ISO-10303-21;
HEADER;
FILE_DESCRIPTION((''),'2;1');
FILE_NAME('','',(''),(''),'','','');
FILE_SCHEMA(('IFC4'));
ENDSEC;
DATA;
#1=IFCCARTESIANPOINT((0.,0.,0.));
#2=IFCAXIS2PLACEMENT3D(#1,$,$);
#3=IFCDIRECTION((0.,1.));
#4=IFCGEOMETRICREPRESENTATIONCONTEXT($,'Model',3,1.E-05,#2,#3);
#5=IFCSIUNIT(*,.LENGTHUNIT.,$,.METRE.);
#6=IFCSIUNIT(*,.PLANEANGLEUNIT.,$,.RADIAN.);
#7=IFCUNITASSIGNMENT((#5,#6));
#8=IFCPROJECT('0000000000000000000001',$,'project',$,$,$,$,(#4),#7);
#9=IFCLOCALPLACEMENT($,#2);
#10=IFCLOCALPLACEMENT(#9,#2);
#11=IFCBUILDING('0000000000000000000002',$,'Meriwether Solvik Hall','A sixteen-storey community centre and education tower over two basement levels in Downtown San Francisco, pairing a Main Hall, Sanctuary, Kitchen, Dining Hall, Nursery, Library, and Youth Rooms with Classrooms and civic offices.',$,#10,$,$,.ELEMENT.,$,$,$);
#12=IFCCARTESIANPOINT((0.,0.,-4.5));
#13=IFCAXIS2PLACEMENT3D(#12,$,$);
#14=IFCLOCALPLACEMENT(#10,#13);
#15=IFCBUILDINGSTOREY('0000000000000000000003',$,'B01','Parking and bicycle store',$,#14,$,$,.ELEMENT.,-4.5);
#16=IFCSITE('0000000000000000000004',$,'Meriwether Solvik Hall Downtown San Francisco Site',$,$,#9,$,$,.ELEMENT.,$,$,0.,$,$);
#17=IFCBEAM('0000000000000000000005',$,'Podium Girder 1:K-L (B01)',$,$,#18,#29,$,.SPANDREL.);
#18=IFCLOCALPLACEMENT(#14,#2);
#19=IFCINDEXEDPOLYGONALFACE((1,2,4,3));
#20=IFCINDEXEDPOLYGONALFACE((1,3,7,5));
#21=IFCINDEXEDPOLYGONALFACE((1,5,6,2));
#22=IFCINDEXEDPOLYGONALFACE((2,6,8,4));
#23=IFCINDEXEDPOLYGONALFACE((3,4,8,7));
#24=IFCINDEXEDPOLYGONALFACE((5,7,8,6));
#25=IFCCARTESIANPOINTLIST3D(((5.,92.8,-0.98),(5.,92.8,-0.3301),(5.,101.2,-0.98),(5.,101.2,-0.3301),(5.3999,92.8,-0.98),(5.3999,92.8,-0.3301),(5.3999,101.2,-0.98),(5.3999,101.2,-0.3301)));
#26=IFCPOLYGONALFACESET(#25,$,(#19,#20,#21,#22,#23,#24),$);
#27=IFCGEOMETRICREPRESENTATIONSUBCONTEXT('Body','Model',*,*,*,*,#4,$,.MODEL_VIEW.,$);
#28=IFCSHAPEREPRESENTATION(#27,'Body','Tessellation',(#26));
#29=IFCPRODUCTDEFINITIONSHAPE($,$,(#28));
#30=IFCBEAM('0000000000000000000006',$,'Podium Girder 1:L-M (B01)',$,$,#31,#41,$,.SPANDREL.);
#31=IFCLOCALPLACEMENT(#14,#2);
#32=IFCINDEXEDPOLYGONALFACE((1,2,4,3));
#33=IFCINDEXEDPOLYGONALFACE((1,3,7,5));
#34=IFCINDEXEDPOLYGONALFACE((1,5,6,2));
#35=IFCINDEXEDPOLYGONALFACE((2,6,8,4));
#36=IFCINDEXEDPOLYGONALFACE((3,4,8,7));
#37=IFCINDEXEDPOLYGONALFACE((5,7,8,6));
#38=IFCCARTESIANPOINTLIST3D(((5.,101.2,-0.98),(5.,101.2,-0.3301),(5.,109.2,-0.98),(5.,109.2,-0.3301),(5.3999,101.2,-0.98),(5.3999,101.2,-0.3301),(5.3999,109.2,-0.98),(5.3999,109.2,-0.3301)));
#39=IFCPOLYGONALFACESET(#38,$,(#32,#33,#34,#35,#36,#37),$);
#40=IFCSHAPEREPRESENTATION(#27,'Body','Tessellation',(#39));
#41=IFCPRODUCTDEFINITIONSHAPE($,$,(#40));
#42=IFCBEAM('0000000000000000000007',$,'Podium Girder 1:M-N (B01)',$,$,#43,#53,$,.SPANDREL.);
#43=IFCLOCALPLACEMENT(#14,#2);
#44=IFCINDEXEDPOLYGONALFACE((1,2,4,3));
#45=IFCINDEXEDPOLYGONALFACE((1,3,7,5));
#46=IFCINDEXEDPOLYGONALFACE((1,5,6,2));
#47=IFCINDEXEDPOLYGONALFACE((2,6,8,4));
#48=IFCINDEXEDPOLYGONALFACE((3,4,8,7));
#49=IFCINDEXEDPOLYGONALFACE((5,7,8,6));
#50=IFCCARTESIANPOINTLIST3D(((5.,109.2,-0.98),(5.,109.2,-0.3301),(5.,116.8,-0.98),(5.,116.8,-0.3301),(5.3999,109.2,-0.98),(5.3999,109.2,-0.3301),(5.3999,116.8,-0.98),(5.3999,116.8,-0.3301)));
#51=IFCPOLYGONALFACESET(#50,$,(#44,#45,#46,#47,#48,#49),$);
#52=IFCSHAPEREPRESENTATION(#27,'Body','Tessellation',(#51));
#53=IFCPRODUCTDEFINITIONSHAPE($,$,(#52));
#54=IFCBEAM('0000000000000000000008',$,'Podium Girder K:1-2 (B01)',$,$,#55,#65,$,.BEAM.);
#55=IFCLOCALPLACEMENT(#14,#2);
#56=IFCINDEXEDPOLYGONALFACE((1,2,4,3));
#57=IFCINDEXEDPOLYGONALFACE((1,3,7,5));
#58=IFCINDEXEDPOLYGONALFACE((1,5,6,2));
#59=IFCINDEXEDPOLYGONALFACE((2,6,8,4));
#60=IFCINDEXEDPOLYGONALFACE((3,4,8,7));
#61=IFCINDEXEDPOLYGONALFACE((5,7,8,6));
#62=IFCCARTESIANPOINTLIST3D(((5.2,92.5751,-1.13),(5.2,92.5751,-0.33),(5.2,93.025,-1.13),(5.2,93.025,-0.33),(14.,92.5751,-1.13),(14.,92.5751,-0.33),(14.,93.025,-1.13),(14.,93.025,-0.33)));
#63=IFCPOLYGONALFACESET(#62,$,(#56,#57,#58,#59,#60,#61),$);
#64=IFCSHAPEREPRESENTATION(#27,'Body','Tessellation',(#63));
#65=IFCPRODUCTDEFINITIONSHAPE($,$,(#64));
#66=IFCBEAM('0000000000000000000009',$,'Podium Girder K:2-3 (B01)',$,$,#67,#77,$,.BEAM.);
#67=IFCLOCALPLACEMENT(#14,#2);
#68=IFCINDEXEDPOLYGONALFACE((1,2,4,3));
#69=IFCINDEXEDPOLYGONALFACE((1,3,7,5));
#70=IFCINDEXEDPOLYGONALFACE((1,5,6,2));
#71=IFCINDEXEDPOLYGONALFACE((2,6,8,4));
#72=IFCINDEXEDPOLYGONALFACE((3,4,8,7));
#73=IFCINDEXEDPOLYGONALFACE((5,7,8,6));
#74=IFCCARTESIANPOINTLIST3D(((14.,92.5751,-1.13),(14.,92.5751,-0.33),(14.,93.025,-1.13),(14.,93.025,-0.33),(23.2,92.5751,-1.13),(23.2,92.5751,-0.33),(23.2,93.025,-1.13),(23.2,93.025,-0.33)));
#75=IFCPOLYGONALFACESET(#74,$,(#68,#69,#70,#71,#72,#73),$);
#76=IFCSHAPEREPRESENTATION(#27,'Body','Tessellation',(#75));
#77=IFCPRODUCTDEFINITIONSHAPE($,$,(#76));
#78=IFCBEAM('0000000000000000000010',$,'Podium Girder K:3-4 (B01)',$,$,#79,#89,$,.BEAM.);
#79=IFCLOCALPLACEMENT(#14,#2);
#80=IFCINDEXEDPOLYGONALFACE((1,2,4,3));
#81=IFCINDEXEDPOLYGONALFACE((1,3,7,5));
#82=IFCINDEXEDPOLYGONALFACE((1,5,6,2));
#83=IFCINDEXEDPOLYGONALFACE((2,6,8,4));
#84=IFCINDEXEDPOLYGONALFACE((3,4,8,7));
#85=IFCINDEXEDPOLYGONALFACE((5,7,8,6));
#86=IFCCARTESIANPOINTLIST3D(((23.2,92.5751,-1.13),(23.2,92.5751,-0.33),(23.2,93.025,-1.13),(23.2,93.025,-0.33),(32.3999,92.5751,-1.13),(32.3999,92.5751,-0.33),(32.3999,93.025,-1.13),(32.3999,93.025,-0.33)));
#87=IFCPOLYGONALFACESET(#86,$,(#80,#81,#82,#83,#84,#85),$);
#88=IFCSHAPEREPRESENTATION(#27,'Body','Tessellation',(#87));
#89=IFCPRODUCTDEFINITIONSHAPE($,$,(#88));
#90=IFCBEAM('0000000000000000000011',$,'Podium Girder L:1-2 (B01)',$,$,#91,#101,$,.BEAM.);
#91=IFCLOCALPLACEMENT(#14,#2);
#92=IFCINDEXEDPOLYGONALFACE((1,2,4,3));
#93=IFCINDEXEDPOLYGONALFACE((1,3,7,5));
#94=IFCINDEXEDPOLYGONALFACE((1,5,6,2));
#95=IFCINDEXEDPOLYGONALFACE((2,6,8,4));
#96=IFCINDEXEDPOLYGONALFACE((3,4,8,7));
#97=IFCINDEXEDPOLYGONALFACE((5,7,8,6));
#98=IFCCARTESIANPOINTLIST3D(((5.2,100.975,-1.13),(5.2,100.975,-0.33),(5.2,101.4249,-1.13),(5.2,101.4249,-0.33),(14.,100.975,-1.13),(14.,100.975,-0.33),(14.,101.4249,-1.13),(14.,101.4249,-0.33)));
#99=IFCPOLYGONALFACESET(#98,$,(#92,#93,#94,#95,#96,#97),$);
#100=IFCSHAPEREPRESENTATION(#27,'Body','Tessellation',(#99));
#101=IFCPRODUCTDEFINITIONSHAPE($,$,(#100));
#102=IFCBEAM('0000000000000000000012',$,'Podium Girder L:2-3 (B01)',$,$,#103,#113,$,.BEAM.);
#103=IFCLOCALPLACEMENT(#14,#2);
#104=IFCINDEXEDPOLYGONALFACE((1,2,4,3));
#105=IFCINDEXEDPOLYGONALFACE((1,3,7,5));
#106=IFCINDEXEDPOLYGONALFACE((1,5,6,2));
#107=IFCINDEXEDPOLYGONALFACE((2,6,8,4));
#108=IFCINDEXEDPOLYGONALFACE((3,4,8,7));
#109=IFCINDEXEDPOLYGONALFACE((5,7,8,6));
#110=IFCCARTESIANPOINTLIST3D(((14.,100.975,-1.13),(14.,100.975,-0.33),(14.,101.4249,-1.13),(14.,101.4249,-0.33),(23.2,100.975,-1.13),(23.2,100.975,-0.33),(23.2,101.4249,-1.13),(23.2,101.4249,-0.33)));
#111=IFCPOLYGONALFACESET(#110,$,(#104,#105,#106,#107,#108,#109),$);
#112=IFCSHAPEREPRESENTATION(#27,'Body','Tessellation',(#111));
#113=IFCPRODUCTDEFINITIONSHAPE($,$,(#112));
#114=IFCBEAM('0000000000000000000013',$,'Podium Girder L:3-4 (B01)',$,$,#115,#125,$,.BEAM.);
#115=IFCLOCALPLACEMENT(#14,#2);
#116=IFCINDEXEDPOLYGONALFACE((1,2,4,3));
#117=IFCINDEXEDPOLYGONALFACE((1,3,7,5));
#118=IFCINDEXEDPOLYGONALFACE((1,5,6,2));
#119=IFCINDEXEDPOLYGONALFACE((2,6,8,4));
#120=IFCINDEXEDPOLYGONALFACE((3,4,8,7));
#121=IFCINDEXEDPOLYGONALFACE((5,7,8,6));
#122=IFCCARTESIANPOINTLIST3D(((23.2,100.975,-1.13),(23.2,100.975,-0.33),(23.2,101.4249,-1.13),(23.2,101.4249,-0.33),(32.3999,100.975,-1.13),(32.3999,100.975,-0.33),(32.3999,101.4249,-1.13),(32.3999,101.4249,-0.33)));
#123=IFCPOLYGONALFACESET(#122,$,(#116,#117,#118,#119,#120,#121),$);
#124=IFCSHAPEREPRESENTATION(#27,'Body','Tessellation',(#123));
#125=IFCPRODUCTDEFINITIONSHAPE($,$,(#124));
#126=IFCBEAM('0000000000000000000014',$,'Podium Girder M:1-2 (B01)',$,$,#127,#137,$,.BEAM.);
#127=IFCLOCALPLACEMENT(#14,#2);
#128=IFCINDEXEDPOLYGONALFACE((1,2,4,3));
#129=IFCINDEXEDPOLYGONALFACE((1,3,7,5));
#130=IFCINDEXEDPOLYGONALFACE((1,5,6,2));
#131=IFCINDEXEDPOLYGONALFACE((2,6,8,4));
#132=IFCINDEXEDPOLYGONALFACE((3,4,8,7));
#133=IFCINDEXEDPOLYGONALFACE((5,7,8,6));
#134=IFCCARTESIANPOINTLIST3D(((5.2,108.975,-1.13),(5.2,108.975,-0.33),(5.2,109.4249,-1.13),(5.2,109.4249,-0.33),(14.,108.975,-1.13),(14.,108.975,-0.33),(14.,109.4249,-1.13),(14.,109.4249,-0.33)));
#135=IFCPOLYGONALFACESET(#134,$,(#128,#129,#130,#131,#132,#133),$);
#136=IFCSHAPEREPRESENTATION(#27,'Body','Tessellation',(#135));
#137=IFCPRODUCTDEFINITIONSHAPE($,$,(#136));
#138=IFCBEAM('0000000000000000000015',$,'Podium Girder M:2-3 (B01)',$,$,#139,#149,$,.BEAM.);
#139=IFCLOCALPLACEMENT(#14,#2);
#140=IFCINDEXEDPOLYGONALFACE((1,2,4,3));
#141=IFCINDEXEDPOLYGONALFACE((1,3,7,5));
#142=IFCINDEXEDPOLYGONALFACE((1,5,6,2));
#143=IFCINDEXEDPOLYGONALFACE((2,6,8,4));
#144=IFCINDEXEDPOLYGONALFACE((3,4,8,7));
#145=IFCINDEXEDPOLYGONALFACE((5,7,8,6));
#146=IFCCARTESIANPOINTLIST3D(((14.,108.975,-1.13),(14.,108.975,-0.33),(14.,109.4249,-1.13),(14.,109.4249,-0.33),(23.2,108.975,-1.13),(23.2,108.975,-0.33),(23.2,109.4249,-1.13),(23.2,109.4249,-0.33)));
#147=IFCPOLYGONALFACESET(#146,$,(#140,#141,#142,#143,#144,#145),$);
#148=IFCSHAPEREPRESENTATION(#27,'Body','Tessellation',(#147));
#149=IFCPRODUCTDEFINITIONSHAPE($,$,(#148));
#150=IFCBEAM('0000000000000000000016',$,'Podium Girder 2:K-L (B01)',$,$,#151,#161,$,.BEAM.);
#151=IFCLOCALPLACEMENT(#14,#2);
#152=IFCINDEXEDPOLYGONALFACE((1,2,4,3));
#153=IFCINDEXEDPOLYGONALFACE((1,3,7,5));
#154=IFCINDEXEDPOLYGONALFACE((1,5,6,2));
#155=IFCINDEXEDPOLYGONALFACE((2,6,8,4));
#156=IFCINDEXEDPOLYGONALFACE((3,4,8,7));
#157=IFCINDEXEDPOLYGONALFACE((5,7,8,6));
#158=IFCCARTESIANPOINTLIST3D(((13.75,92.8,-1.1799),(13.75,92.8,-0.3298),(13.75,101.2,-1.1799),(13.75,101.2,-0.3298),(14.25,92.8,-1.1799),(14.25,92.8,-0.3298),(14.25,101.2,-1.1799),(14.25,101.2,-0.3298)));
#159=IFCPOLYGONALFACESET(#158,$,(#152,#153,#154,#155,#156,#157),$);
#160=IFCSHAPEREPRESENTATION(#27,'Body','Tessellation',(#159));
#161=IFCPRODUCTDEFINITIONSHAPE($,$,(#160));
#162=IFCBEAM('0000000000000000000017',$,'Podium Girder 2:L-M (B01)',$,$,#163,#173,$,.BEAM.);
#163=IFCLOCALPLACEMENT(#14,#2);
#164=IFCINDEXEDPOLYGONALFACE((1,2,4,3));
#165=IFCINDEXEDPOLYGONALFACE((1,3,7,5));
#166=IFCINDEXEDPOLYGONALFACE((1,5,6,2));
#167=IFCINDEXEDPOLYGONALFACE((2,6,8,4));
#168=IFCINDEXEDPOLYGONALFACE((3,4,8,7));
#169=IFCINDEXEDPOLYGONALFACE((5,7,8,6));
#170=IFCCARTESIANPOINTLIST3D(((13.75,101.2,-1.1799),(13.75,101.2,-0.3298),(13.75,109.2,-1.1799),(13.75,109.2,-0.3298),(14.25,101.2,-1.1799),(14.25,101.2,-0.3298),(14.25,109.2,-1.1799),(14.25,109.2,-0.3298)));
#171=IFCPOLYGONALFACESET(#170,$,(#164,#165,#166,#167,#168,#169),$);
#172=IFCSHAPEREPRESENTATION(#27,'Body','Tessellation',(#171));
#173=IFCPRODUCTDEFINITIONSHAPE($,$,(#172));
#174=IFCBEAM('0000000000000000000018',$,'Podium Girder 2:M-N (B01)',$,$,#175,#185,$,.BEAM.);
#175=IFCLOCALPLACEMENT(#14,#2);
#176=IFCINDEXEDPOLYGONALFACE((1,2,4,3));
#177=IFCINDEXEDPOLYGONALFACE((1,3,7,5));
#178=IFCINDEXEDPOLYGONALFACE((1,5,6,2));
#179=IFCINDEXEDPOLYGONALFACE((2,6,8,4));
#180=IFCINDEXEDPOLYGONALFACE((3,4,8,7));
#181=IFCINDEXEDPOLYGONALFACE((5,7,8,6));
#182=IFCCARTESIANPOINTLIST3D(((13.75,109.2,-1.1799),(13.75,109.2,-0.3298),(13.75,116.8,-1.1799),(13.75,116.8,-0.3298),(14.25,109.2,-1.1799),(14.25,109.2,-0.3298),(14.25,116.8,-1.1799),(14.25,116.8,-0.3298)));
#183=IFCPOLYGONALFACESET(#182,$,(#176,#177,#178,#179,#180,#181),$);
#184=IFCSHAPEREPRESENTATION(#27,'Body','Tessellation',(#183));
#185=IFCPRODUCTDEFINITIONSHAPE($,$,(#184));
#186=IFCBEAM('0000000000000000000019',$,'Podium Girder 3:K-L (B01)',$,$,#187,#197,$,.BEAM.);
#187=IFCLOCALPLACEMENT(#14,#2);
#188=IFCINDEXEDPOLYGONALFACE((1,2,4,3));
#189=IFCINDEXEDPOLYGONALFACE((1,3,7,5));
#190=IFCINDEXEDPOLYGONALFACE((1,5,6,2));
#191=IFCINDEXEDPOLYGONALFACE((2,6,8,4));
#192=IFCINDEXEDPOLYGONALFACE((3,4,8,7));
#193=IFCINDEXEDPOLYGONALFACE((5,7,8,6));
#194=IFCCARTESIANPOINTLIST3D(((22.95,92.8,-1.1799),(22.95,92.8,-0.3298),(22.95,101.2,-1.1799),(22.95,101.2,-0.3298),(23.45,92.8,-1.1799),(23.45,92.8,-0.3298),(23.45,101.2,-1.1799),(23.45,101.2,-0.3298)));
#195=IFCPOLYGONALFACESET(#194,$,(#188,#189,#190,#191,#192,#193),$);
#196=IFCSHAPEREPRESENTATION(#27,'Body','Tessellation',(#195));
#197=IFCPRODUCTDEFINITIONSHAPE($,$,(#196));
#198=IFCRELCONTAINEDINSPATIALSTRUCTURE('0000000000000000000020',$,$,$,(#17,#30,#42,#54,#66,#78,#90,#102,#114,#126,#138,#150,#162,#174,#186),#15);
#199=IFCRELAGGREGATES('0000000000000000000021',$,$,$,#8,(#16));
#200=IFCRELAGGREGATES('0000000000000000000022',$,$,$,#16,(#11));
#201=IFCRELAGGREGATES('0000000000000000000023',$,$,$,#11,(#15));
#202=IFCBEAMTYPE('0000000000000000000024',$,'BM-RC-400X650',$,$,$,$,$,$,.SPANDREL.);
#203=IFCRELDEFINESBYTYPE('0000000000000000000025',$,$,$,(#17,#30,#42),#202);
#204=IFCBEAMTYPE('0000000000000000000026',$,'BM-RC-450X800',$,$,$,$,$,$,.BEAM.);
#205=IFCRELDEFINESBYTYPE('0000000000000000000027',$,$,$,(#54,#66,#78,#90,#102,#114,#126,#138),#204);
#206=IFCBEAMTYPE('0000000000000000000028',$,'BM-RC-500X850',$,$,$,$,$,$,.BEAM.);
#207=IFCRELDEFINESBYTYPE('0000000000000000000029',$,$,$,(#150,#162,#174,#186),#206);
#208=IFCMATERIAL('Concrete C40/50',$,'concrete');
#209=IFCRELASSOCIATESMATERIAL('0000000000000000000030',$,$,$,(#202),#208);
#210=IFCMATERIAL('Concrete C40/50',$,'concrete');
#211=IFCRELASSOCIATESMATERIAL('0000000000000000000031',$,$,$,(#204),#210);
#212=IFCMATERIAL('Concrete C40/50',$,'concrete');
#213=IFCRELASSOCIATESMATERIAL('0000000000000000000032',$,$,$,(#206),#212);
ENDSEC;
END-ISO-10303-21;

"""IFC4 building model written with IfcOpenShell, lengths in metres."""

from ifc_helpers import new_model, si_unit, direction, frame, origin, origin_2d, place, context, subcontext, project, spatial, rectangle, extrude, material, material_profile, profile_set, type_object, element, save


model = new_model("IFC4")

# Units and contexts
model_context = context("Model", 3, precision=1e-05, world=origin(), true_north=direction((0.0, 1.0)))
body_context = subcontext(model_context, "Body", "Model", "MODEL_VIEW")
ifc_project = project(units=[si_unit("LENGTHUNIT", "METRE"), si_unit("PLANEANGLEUNIT", "RADIAN")], contexts=[model_context])

# Site, building, storey
site_placement = place(None, origin())
site = spatial("IfcSite", under=ifc_project, at=site_placement, Name="Meriwether Solvik Hall Downtown San Francisco Site", CompositionType="ELEMENT", RefElevation=0.0)
building_placement = place(site_placement, origin())
building = spatial("IfcBuilding", under=site, at=building_placement, Name="Meriwether Solvik Hall", Description="A sixteen-storey community centre and education tower over two basement levels in Downtown San Francisco, pairing a Main Hall, Sanctuary, Kitchen, Dining Hall, Nursery, Library, and Youth Rooms with Classrooms and civic offices.", CompositionType="ELEMENT")
storey_placement = place(building_placement, frame((0.0, 0.0, -4.5)))
storey = spatial("IfcBuildingStorey", under=building, at=storey_placement, Name="B01", Description="Parking and bicycle store", CompositionType="ELEMENT", Elevation=-4.5)

# Beams
ifc_material_1 = material(Name="Concrete C40/50", Category="concrete")
ifc_material_profile_1 = material_profile(ifc_material_1, rectangle(XDim=0.3999, YDim=0.6499, at=origin_2d()), Name="RCB-400X650")
ifc_profile_set_1 = profile_set([ifc_material_profile_1], Name="Concrete C40/50")
beam_type_1 = type_object("IfcBeamType", Name="BM-RC-400X650", PredefinedType="SPANDREL", material=ifc_profile_set_1)
beam_1_placement = place(storey_placement, frame((5.2, 92.8, -0.655), z_axis=(0.0, 1.0, 0.0), x_axis=(-1.0, 0.0, 0.0)))
element("IfcBeam", 1, at=beam_1_placement, inside=storey, type_object=beam_type_1, Name="Podium Girder 1:K-L (B01)", PredefinedType="SPANDREL", context=body_context, shape_type="SweptSolid", body=[
    extrude(rectangle(XDim=0.3999, YDim=0.6499, at=origin_2d()), origin(), (0.0, 0.0, 1.0), 8.3999),
])
beam_2_placement = place(storey_placement, frame((5.2, 101.2, -0.655), z_axis=(0.0, 1.0, 0.0), x_axis=(-1.0, 0.0, 0.0)))
element("IfcBeam", 2, at=beam_2_placement, inside=storey, type_object=beam_type_1, Name="Podium Girder 1:L-M (B01)", PredefinedType="SPANDREL", context=body_context, shape_type="SweptSolid", body=[
    extrude(rectangle(XDim=0.3999, YDim=0.6499, at=origin_2d()), origin(), (0.0, 0.0, 1.0), 8.0),
])
beam_3_placement = place(storey_placement, frame((5.2, 109.2, -0.655), z_axis=(0.0, 1.0, 0.0), x_axis=(-1.0, 0.0, 0.0)))
element("IfcBeam", 3, at=beam_3_placement, inside=storey, type_object=beam_type_1, Name="Podium Girder 1:M-N (B01)", PredefinedType="SPANDREL", context=body_context, shape_type="SweptSolid", body=[
    extrude(rectangle(XDim=0.3999, YDim=0.6499, at=origin_2d()), origin(), (0.0, 0.0, 1.0), 7.6001),
])
ifc_material_2 = material(Name="Concrete C40/50", Category="concrete")
ifc_material_profile_2 = material_profile(ifc_material_2, rectangle(XDim=0.45, YDim=0.8, at=origin_2d()), Name="RCB-450X800")
ifc_profile_set_2 = profile_set([ifc_material_profile_2], Name="Concrete C40/50")
beam_type_2 = type_object("IfcBeamType", Name="BM-RC-450X800", PredefinedType="BEAM", material=ifc_profile_set_2)
beam_4_placement = place(storey_placement, frame((5.2, 92.8, -0.73), z_axis=(1.0, 0.0, 0.0), x_axis=(0.0, 1.0, 0.0)))
element("IfcBeam", 4, at=beam_4_placement, inside=storey, type_object=beam_type_2, Name="Podium Girder K:1-2 (B01)", PredefinedType="BEAM", context=body_context, shape_type="SweptSolid", body=[
    extrude(rectangle(XDim=0.45, YDim=0.8, at=origin_2d()), origin(), (0.0, 0.0, 1.0), 8.8),
])
for number, where, z_axis, x_axis, name in (
    (5, (14.0, 92.8, -0.73), (1.0, 0.0, 0.0), (0.0, 1.0, 0.0), "Podium Girder K:2-3 (B01)"),
    (6, (23.2, 92.8, -0.73), (1.0, 0.0, 0.0), (0.0, 1.0, 0.0), "Podium Girder K:3-4 (B01)"),
):
    element("IfcBeam", number, at=place(storey_placement, frame(where, z_axis=z_axis, x_axis=x_axis)), inside=storey, type_object=beam_type_2, Name=name, PredefinedType="BEAM", context=body_context, shape_type="SweptSolid", body=[
        extrude(rectangle(XDim=0.45, YDim=0.8, at=origin_2d()), origin(), (0.0, 0.0, 1.0), 9.2),
    ])
beam_5_placement = place(storey_placement, frame((5.2, 101.2, -0.73), z_axis=(1.0, 0.0, 0.0), x_axis=(0.0, 1.0, 0.0)))
element("IfcBeam", 7, at=beam_5_placement, inside=storey, type_object=beam_type_2, Name="Podium Girder L:1-2 (B01)", PredefinedType="BEAM", context=body_context, shape_type="SweptSolid", body=[
    extrude(rectangle(XDim=0.45, YDim=0.8, at=origin_2d()), origin(), (0.0, 0.0, 1.0), 8.8),
])
for number, where, z_axis, x_axis, name in (
    (8, (14.0, 101.2, -0.73), (1.0, 0.0, 0.0), (0.0, 1.0, 0.0), "Podium Girder L:2-3 (B01)"),
    (9, (23.2, 101.2, -0.73), (1.0, 0.0, 0.0), (0.0, 1.0, 0.0), "Podium Girder L:3-4 (B01)"),
):
    element("IfcBeam", number, at=place(storey_placement, frame(where, z_axis=z_axis, x_axis=x_axis)), inside=storey, type_object=beam_type_2, Name=name, PredefinedType="BEAM", context=body_context, shape_type="SweptSolid", body=[
        extrude(rectangle(XDim=0.45, YDim=0.8, at=origin_2d()), origin(), (0.0, 0.0, 1.0), 9.2),
    ])
beam_6_placement = place(storey_placement, frame((5.2, 109.2, -0.73), z_axis=(1.0, 0.0, 0.0), x_axis=(0.0, 1.0, 0.0)))
element("IfcBeam", 10, at=beam_6_placement, inside=storey, type_object=beam_type_2, Name="Podium Girder M:1-2 (B01)", PredefinedType="BEAM", context=body_context, shape_type="SweptSolid", body=[
    extrude(rectangle(XDim=0.45, YDim=0.8, at=origin_2d()), origin(), (0.0, 0.0, 1.0), 8.8),
])
beam_7_placement = place(storey_placement, frame((14.0, 109.2, -0.73), z_axis=(1.0, 0.0, 0.0), x_axis=(0.0, 1.0, 0.0)))
element("IfcBeam", 11, at=beam_7_placement, inside=storey, type_object=beam_type_2, Name="Podium Girder M:2-3 (B01)", PredefinedType="BEAM", context=body_context, shape_type="SweptSolid", body=[
    extrude(rectangle(XDim=0.45, YDim=0.8, at=origin_2d()), origin(), (0.0, 0.0, 1.0), 9.2),
])
ifc_material_3 = material(Name="Concrete C40/50", Category="concrete")
ifc_material_profile_3 = material_profile(ifc_material_3, rectangle(XDim=0.5, YDim=0.8501, at=origin_2d()), Name="RCB-500X850")
ifc_profile_set_3 = profile_set([ifc_material_profile_3], Name="Concrete C40/50")
beam_type_3 = type_object("IfcBeamType", Name="BM-RC-500X850", PredefinedType="BEAM", material=ifc_profile_set_3)
beam_8_placement = place(storey_placement, frame((14.0, 92.8, -0.7549), z_axis=(0.0, 1.0, 0.0), x_axis=(-1.0, 0.0, 0.0)))
element("IfcBeam", 12, at=beam_8_placement, inside=storey, type_object=beam_type_3, Name="Podium Girder 2:K-L (B01)", PredefinedType="BEAM", context=body_context, shape_type="SweptSolid", body=[
    extrude(rectangle(XDim=0.5, YDim=0.8501, at=origin_2d()), origin(), (0.0, 0.0, 1.0), 8.3999),
])
beam_9_placement = place(storey_placement, frame((14.0, 101.2, -0.7549), z_axis=(0.0, 1.0, 0.0), x_axis=(-1.0, 0.0, 0.0)))
element("IfcBeam", 13, at=beam_9_placement, inside=storey, type_object=beam_type_3, Name="Podium Girder 2:L-M (B01)", PredefinedType="BEAM", context=body_context, shape_type="SweptSolid", body=[
    extrude(rectangle(XDim=0.5, YDim=0.8501, at=origin_2d()), origin(), (0.0, 0.0, 1.0), 8.0),
])
beam_10_placement = place(storey_placement, frame((14.0, 109.2, -0.7549), z_axis=(0.0, 1.0, 0.0), x_axis=(-1.0, 0.0, 0.0)))
element("IfcBeam", 14, at=beam_10_placement, inside=storey, type_object=beam_type_3, Name="Podium Girder 2:M-N (B01)", PredefinedType="BEAM", context=body_context, shape_type="SweptSolid", body=[
    extrude(rectangle(XDim=0.5, YDim=0.8501, at=origin_2d()), origin(), (0.0, 0.0, 1.0), 7.6001),
])
beam_11_placement = place(storey_placement, frame((23.2, 92.8, -0.7549), z_axis=(0.0, 1.0, 0.0), x_axis=(-1.0, 0.0, 0.0)))
element("IfcBeam", 15, at=beam_11_placement, inside=storey, type_object=beam_type_3, Name="Podium Girder 3:K-L (B01)", PredefinedType="BEAM", context=body_context, shape_type="SweptSolid", body=[
    extrude(rectangle(XDim=0.5, YDim=0.8501, at=origin_2d()), origin(), (0.0, 0.0, 1.0), 8.3999),
])

save(model, "model.ifc")
